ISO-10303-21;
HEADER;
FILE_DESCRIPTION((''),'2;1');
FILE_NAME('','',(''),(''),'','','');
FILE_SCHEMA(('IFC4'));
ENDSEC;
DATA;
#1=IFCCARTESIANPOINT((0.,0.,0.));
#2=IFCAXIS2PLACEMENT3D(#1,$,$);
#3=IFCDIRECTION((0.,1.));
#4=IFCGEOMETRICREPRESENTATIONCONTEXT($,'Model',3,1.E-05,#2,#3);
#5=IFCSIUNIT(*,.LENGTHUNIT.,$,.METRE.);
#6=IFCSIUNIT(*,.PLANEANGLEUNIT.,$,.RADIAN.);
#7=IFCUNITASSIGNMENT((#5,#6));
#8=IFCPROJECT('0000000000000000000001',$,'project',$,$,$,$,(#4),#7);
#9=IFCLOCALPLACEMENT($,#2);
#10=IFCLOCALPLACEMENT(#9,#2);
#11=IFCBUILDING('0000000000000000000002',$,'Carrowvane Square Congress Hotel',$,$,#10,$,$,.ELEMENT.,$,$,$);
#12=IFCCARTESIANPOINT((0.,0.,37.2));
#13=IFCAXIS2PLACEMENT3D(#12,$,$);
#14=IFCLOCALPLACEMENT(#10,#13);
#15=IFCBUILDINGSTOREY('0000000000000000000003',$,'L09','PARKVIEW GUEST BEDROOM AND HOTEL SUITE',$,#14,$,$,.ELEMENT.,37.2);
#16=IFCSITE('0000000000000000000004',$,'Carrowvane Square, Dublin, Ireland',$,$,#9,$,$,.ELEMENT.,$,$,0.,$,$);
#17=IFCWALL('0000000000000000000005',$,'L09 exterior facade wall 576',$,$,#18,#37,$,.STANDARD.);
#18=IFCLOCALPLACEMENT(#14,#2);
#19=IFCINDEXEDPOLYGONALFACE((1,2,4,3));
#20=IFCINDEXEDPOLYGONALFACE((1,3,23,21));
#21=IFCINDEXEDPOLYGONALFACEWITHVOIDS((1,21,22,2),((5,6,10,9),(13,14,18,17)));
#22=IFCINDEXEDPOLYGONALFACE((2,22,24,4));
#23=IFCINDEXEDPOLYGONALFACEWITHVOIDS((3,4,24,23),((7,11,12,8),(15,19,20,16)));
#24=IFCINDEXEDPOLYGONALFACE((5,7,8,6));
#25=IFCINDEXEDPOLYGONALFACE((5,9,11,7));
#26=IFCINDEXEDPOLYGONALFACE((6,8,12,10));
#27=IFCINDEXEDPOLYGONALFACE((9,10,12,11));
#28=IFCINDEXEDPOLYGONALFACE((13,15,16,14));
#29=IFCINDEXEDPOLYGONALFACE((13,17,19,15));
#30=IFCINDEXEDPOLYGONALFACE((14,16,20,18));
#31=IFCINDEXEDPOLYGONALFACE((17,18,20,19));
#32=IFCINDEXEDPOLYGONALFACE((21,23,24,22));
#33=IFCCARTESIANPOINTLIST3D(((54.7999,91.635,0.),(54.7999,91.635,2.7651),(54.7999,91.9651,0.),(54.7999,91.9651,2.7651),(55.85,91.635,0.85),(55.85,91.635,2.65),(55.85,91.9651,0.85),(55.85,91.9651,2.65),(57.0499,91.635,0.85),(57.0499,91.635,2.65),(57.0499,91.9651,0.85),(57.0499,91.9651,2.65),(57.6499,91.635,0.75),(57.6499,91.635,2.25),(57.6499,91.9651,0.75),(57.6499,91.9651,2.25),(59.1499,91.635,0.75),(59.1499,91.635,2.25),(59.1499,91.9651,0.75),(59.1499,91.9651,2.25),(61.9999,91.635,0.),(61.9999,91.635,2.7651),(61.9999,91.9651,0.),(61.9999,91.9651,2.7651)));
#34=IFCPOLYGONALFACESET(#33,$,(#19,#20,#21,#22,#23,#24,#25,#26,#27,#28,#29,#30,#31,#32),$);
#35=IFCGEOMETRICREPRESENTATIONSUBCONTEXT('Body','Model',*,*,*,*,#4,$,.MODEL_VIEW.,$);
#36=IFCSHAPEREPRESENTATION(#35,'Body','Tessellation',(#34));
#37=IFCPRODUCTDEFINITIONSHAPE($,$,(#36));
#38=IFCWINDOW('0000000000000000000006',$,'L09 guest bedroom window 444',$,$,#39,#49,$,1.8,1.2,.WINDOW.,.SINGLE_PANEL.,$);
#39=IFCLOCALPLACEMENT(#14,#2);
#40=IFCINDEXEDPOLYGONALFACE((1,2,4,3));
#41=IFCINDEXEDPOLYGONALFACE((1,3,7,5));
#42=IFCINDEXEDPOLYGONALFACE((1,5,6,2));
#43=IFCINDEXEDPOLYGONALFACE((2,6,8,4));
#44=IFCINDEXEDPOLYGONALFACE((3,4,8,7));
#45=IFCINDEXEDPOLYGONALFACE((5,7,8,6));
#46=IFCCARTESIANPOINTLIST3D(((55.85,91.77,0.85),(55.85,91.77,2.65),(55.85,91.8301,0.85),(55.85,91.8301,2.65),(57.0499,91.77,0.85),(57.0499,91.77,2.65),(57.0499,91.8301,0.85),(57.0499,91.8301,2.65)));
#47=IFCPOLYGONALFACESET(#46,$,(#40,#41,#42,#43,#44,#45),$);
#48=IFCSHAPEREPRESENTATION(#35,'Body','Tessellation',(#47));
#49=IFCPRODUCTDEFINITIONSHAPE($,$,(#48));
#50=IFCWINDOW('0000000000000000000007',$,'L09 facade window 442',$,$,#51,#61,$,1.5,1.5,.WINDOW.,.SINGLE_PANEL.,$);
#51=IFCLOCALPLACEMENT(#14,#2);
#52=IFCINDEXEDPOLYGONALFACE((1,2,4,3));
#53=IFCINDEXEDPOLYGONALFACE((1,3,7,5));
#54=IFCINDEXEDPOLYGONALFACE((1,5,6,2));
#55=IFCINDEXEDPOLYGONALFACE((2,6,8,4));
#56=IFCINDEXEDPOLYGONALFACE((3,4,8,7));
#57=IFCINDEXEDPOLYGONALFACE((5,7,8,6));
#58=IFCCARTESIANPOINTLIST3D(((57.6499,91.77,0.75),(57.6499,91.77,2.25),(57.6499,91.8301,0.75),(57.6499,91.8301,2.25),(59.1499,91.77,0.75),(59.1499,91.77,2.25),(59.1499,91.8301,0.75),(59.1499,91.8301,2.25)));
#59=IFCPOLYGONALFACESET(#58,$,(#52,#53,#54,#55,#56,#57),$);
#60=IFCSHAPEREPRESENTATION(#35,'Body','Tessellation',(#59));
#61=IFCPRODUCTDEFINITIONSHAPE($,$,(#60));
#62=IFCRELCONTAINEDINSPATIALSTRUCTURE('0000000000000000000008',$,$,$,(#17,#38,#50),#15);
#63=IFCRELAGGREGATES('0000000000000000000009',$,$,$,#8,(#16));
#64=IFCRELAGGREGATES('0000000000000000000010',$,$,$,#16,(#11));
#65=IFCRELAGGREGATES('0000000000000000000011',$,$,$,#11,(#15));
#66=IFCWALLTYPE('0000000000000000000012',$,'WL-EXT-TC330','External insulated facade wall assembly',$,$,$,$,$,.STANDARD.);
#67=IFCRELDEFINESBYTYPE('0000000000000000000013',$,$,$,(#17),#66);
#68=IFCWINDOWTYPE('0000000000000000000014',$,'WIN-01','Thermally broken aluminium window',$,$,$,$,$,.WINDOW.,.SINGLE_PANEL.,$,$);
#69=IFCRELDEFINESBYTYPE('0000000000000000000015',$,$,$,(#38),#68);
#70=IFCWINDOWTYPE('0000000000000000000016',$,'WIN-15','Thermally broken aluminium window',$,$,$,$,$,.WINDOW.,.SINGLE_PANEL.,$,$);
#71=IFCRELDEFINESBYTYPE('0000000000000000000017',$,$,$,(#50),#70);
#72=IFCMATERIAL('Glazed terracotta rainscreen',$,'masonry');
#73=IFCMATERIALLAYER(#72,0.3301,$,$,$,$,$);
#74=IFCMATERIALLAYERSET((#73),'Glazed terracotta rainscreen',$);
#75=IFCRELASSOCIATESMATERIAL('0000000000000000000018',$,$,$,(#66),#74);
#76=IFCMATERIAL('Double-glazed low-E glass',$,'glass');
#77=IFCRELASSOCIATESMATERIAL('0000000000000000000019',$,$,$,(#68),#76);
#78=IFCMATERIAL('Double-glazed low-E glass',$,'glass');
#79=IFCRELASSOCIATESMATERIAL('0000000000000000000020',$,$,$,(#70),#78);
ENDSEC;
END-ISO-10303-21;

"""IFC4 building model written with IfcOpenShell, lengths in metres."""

from ifc_helpers import new_model, si_unit, direction, frame, frame_2d, origin, place, context, subcontext, project, spatial, rectangle, extrude, material, layer, layer_set, type_object, element, fill, save


model = new_model("IFC4")

# Units and contexts
model_context = context("Model", 3, precision=1e-05, world=origin(), true_north=direction((0.0, 1.0)))
body_context = subcontext(model_context, "Body", "Model", "MODEL_VIEW")
ifc_project = project(units=[si_unit("LENGTHUNIT", "METRE"), si_unit("PLANEANGLEUNIT", "RADIAN")], contexts=[model_context])

# Site, building, storey
site_placement = place(None, origin())
site = spatial("IfcSite", under=ifc_project, at=site_placement, Name="Carrowvane Square, Dublin, Ireland", CompositionType="ELEMENT", RefElevation=0.0)
building_placement = place(site_placement, origin())
building = spatial("IfcBuilding", under=site, at=building_placement, Name="Carrowvane Square Congress Hotel", CompositionType="ELEMENT")
storey_placement = place(building_placement, frame((0.0, 0.0, 37.2)))
storey = spatial("IfcBuildingStorey", under=building, at=storey_placement, Name="L09", Description="PARKVIEW GUEST BEDROOM AND HOTEL SUITE", CompositionType="ELEMENT", Elevation=37.2)

# Wall, openings, windows
ifc_material_1 = material(Name="Glazed terracotta rainscreen", Category="masonry")
ifc_layer = layer(ifc_material_1, 0.3301)
ifc_layer_set = layer_set([ifc_layer], Name="Glazed terracotta rainscreen")
wall_type = type_object("IfcWallType", Name="WL-EXT-TC330", Description="External insulated facade wall assembly", PredefinedType="STANDARD", material=ifc_layer_set)
ifc_material_2 = material(Name="Double-glazed low-E glass", Category="glass")
window_type_1 = type_object("IfcWindowType", Name="WIN-01", Description="Thermally broken aluminium window", PartitioningType="SINGLE_PANEL", PredefinedType="WINDOW", material=ifc_material_2)
wall_1_placement = place(storey_placement, frame((62.0, 91.8, 0.0), z_axis=(0.0, 0.0, 1.0), x_axis=(-1.0, 0.0, 0.0)))
wall_1 = element("IfcWall", 1, at=wall_1_placement, inside=storey, type_object=wall_type, Name="L09 exterior facade wall 576", PredefinedType="STANDARD", context=body_context, shape_type="SweptSolid", body=[
    extrude(rectangle(XDim=7.2, YDim=0.3301, at=frame_2d((3.6001, 0.0))), origin(), (0.0, 0.0, 1.0), 2.7651),
])
opening_1_placement = place(wall_1_placement, frame((2.8501, 0.0, 0.75)))
opening_1 = element("IfcOpeningElement", 2, at=opening_1_placement, cuts=wall_1, PredefinedType="OPENING", context=body_context, shape_type="SweptSolid", body=[
    extrude(rectangle(XDim=1.5, YDim=1.5, at=frame_2d((0.75, 0.75))), frame((0.0, 0.175, 0.0), z_axis=(0.0, -1.0, 0.0), x_axis=(1.0, 0.0, 0.0)), (0.0, 0.0, 1.0), 0.3501),
])
opening_2_placement = place(wall_1_placement, frame((4.95, 0.0, 0.8501)))
opening_2 = element("IfcOpeningElement", 3, at=opening_2_placement, cuts=wall_1, PredefinedType="OPENING", context=body_context, shape_type="SweptSolid", body=[
    extrude(rectangle(XDim=1.2, YDim=1.8, at=frame_2d((0.6001, 0.8999))), frame((0.0, 0.175, 0.0), z_axis=(0.0, -1.0, 0.0), x_axis=(1.0, 0.0, 0.0)), (0.0, 0.0, 1.0), 0.3501),
])
window_1_placement = place(opening_2_placement, origin())
window_1 = element("IfcWindow", 4, at=window_1_placement, inside=storey, type_object=window_type_1, Name="L09 guest bedroom window 444", OverallHeight=1.8, OverallWidth=1.2, PartitioningType="SINGLE_PANEL", PredefinedType="WINDOW", context=body_context, shape_type="SweptSolid", body=[
    extrude(rectangle(XDim=1.2, YDim=1.8, at=frame_2d((0.6001, 0.8999))), frame((0.0, 0.03, 0.0), z_axis=(0.0, -1.0, 0.0), x_axis=(1.0, 0.0, 0.0)), (0.0, 0.0, 1.0), 0.0601),
])
fill(opening_2, window_1)
ifc_material_3 = material(Name="Double-glazed low-E glass", Category="glass")
window_type_2 = type_object("IfcWindowType", Name="WIN-15", Description="Thermally broken aluminium window", PartitioningType="SINGLE_PANEL", PredefinedType="WINDOW", material=ifc_material_3)
window_2_placement = place(opening_1_placement, origin())
window_2 = element("IfcWindow", 5, at=window_2_placement, inside=storey, type_object=window_type_2, Name="L09 facade window 442", OverallHeight=1.5, OverallWidth=1.5, PartitioningType="SINGLE_PANEL", PredefinedType="WINDOW", context=body_context, shape_type="SweptSolid", body=[
    extrude(rectangle(XDim=1.5, YDim=1.5, at=frame_2d((0.75, 0.75))), frame((0.0, 0.03, 0.0), z_axis=(0.0, -1.0, 0.0), x_axis=(1.0, 0.0, 0.0)), (0.0, 0.0, 1.0), 0.0601),
])
fill(opening_1, window_2)

save(model, "model.ifc")
